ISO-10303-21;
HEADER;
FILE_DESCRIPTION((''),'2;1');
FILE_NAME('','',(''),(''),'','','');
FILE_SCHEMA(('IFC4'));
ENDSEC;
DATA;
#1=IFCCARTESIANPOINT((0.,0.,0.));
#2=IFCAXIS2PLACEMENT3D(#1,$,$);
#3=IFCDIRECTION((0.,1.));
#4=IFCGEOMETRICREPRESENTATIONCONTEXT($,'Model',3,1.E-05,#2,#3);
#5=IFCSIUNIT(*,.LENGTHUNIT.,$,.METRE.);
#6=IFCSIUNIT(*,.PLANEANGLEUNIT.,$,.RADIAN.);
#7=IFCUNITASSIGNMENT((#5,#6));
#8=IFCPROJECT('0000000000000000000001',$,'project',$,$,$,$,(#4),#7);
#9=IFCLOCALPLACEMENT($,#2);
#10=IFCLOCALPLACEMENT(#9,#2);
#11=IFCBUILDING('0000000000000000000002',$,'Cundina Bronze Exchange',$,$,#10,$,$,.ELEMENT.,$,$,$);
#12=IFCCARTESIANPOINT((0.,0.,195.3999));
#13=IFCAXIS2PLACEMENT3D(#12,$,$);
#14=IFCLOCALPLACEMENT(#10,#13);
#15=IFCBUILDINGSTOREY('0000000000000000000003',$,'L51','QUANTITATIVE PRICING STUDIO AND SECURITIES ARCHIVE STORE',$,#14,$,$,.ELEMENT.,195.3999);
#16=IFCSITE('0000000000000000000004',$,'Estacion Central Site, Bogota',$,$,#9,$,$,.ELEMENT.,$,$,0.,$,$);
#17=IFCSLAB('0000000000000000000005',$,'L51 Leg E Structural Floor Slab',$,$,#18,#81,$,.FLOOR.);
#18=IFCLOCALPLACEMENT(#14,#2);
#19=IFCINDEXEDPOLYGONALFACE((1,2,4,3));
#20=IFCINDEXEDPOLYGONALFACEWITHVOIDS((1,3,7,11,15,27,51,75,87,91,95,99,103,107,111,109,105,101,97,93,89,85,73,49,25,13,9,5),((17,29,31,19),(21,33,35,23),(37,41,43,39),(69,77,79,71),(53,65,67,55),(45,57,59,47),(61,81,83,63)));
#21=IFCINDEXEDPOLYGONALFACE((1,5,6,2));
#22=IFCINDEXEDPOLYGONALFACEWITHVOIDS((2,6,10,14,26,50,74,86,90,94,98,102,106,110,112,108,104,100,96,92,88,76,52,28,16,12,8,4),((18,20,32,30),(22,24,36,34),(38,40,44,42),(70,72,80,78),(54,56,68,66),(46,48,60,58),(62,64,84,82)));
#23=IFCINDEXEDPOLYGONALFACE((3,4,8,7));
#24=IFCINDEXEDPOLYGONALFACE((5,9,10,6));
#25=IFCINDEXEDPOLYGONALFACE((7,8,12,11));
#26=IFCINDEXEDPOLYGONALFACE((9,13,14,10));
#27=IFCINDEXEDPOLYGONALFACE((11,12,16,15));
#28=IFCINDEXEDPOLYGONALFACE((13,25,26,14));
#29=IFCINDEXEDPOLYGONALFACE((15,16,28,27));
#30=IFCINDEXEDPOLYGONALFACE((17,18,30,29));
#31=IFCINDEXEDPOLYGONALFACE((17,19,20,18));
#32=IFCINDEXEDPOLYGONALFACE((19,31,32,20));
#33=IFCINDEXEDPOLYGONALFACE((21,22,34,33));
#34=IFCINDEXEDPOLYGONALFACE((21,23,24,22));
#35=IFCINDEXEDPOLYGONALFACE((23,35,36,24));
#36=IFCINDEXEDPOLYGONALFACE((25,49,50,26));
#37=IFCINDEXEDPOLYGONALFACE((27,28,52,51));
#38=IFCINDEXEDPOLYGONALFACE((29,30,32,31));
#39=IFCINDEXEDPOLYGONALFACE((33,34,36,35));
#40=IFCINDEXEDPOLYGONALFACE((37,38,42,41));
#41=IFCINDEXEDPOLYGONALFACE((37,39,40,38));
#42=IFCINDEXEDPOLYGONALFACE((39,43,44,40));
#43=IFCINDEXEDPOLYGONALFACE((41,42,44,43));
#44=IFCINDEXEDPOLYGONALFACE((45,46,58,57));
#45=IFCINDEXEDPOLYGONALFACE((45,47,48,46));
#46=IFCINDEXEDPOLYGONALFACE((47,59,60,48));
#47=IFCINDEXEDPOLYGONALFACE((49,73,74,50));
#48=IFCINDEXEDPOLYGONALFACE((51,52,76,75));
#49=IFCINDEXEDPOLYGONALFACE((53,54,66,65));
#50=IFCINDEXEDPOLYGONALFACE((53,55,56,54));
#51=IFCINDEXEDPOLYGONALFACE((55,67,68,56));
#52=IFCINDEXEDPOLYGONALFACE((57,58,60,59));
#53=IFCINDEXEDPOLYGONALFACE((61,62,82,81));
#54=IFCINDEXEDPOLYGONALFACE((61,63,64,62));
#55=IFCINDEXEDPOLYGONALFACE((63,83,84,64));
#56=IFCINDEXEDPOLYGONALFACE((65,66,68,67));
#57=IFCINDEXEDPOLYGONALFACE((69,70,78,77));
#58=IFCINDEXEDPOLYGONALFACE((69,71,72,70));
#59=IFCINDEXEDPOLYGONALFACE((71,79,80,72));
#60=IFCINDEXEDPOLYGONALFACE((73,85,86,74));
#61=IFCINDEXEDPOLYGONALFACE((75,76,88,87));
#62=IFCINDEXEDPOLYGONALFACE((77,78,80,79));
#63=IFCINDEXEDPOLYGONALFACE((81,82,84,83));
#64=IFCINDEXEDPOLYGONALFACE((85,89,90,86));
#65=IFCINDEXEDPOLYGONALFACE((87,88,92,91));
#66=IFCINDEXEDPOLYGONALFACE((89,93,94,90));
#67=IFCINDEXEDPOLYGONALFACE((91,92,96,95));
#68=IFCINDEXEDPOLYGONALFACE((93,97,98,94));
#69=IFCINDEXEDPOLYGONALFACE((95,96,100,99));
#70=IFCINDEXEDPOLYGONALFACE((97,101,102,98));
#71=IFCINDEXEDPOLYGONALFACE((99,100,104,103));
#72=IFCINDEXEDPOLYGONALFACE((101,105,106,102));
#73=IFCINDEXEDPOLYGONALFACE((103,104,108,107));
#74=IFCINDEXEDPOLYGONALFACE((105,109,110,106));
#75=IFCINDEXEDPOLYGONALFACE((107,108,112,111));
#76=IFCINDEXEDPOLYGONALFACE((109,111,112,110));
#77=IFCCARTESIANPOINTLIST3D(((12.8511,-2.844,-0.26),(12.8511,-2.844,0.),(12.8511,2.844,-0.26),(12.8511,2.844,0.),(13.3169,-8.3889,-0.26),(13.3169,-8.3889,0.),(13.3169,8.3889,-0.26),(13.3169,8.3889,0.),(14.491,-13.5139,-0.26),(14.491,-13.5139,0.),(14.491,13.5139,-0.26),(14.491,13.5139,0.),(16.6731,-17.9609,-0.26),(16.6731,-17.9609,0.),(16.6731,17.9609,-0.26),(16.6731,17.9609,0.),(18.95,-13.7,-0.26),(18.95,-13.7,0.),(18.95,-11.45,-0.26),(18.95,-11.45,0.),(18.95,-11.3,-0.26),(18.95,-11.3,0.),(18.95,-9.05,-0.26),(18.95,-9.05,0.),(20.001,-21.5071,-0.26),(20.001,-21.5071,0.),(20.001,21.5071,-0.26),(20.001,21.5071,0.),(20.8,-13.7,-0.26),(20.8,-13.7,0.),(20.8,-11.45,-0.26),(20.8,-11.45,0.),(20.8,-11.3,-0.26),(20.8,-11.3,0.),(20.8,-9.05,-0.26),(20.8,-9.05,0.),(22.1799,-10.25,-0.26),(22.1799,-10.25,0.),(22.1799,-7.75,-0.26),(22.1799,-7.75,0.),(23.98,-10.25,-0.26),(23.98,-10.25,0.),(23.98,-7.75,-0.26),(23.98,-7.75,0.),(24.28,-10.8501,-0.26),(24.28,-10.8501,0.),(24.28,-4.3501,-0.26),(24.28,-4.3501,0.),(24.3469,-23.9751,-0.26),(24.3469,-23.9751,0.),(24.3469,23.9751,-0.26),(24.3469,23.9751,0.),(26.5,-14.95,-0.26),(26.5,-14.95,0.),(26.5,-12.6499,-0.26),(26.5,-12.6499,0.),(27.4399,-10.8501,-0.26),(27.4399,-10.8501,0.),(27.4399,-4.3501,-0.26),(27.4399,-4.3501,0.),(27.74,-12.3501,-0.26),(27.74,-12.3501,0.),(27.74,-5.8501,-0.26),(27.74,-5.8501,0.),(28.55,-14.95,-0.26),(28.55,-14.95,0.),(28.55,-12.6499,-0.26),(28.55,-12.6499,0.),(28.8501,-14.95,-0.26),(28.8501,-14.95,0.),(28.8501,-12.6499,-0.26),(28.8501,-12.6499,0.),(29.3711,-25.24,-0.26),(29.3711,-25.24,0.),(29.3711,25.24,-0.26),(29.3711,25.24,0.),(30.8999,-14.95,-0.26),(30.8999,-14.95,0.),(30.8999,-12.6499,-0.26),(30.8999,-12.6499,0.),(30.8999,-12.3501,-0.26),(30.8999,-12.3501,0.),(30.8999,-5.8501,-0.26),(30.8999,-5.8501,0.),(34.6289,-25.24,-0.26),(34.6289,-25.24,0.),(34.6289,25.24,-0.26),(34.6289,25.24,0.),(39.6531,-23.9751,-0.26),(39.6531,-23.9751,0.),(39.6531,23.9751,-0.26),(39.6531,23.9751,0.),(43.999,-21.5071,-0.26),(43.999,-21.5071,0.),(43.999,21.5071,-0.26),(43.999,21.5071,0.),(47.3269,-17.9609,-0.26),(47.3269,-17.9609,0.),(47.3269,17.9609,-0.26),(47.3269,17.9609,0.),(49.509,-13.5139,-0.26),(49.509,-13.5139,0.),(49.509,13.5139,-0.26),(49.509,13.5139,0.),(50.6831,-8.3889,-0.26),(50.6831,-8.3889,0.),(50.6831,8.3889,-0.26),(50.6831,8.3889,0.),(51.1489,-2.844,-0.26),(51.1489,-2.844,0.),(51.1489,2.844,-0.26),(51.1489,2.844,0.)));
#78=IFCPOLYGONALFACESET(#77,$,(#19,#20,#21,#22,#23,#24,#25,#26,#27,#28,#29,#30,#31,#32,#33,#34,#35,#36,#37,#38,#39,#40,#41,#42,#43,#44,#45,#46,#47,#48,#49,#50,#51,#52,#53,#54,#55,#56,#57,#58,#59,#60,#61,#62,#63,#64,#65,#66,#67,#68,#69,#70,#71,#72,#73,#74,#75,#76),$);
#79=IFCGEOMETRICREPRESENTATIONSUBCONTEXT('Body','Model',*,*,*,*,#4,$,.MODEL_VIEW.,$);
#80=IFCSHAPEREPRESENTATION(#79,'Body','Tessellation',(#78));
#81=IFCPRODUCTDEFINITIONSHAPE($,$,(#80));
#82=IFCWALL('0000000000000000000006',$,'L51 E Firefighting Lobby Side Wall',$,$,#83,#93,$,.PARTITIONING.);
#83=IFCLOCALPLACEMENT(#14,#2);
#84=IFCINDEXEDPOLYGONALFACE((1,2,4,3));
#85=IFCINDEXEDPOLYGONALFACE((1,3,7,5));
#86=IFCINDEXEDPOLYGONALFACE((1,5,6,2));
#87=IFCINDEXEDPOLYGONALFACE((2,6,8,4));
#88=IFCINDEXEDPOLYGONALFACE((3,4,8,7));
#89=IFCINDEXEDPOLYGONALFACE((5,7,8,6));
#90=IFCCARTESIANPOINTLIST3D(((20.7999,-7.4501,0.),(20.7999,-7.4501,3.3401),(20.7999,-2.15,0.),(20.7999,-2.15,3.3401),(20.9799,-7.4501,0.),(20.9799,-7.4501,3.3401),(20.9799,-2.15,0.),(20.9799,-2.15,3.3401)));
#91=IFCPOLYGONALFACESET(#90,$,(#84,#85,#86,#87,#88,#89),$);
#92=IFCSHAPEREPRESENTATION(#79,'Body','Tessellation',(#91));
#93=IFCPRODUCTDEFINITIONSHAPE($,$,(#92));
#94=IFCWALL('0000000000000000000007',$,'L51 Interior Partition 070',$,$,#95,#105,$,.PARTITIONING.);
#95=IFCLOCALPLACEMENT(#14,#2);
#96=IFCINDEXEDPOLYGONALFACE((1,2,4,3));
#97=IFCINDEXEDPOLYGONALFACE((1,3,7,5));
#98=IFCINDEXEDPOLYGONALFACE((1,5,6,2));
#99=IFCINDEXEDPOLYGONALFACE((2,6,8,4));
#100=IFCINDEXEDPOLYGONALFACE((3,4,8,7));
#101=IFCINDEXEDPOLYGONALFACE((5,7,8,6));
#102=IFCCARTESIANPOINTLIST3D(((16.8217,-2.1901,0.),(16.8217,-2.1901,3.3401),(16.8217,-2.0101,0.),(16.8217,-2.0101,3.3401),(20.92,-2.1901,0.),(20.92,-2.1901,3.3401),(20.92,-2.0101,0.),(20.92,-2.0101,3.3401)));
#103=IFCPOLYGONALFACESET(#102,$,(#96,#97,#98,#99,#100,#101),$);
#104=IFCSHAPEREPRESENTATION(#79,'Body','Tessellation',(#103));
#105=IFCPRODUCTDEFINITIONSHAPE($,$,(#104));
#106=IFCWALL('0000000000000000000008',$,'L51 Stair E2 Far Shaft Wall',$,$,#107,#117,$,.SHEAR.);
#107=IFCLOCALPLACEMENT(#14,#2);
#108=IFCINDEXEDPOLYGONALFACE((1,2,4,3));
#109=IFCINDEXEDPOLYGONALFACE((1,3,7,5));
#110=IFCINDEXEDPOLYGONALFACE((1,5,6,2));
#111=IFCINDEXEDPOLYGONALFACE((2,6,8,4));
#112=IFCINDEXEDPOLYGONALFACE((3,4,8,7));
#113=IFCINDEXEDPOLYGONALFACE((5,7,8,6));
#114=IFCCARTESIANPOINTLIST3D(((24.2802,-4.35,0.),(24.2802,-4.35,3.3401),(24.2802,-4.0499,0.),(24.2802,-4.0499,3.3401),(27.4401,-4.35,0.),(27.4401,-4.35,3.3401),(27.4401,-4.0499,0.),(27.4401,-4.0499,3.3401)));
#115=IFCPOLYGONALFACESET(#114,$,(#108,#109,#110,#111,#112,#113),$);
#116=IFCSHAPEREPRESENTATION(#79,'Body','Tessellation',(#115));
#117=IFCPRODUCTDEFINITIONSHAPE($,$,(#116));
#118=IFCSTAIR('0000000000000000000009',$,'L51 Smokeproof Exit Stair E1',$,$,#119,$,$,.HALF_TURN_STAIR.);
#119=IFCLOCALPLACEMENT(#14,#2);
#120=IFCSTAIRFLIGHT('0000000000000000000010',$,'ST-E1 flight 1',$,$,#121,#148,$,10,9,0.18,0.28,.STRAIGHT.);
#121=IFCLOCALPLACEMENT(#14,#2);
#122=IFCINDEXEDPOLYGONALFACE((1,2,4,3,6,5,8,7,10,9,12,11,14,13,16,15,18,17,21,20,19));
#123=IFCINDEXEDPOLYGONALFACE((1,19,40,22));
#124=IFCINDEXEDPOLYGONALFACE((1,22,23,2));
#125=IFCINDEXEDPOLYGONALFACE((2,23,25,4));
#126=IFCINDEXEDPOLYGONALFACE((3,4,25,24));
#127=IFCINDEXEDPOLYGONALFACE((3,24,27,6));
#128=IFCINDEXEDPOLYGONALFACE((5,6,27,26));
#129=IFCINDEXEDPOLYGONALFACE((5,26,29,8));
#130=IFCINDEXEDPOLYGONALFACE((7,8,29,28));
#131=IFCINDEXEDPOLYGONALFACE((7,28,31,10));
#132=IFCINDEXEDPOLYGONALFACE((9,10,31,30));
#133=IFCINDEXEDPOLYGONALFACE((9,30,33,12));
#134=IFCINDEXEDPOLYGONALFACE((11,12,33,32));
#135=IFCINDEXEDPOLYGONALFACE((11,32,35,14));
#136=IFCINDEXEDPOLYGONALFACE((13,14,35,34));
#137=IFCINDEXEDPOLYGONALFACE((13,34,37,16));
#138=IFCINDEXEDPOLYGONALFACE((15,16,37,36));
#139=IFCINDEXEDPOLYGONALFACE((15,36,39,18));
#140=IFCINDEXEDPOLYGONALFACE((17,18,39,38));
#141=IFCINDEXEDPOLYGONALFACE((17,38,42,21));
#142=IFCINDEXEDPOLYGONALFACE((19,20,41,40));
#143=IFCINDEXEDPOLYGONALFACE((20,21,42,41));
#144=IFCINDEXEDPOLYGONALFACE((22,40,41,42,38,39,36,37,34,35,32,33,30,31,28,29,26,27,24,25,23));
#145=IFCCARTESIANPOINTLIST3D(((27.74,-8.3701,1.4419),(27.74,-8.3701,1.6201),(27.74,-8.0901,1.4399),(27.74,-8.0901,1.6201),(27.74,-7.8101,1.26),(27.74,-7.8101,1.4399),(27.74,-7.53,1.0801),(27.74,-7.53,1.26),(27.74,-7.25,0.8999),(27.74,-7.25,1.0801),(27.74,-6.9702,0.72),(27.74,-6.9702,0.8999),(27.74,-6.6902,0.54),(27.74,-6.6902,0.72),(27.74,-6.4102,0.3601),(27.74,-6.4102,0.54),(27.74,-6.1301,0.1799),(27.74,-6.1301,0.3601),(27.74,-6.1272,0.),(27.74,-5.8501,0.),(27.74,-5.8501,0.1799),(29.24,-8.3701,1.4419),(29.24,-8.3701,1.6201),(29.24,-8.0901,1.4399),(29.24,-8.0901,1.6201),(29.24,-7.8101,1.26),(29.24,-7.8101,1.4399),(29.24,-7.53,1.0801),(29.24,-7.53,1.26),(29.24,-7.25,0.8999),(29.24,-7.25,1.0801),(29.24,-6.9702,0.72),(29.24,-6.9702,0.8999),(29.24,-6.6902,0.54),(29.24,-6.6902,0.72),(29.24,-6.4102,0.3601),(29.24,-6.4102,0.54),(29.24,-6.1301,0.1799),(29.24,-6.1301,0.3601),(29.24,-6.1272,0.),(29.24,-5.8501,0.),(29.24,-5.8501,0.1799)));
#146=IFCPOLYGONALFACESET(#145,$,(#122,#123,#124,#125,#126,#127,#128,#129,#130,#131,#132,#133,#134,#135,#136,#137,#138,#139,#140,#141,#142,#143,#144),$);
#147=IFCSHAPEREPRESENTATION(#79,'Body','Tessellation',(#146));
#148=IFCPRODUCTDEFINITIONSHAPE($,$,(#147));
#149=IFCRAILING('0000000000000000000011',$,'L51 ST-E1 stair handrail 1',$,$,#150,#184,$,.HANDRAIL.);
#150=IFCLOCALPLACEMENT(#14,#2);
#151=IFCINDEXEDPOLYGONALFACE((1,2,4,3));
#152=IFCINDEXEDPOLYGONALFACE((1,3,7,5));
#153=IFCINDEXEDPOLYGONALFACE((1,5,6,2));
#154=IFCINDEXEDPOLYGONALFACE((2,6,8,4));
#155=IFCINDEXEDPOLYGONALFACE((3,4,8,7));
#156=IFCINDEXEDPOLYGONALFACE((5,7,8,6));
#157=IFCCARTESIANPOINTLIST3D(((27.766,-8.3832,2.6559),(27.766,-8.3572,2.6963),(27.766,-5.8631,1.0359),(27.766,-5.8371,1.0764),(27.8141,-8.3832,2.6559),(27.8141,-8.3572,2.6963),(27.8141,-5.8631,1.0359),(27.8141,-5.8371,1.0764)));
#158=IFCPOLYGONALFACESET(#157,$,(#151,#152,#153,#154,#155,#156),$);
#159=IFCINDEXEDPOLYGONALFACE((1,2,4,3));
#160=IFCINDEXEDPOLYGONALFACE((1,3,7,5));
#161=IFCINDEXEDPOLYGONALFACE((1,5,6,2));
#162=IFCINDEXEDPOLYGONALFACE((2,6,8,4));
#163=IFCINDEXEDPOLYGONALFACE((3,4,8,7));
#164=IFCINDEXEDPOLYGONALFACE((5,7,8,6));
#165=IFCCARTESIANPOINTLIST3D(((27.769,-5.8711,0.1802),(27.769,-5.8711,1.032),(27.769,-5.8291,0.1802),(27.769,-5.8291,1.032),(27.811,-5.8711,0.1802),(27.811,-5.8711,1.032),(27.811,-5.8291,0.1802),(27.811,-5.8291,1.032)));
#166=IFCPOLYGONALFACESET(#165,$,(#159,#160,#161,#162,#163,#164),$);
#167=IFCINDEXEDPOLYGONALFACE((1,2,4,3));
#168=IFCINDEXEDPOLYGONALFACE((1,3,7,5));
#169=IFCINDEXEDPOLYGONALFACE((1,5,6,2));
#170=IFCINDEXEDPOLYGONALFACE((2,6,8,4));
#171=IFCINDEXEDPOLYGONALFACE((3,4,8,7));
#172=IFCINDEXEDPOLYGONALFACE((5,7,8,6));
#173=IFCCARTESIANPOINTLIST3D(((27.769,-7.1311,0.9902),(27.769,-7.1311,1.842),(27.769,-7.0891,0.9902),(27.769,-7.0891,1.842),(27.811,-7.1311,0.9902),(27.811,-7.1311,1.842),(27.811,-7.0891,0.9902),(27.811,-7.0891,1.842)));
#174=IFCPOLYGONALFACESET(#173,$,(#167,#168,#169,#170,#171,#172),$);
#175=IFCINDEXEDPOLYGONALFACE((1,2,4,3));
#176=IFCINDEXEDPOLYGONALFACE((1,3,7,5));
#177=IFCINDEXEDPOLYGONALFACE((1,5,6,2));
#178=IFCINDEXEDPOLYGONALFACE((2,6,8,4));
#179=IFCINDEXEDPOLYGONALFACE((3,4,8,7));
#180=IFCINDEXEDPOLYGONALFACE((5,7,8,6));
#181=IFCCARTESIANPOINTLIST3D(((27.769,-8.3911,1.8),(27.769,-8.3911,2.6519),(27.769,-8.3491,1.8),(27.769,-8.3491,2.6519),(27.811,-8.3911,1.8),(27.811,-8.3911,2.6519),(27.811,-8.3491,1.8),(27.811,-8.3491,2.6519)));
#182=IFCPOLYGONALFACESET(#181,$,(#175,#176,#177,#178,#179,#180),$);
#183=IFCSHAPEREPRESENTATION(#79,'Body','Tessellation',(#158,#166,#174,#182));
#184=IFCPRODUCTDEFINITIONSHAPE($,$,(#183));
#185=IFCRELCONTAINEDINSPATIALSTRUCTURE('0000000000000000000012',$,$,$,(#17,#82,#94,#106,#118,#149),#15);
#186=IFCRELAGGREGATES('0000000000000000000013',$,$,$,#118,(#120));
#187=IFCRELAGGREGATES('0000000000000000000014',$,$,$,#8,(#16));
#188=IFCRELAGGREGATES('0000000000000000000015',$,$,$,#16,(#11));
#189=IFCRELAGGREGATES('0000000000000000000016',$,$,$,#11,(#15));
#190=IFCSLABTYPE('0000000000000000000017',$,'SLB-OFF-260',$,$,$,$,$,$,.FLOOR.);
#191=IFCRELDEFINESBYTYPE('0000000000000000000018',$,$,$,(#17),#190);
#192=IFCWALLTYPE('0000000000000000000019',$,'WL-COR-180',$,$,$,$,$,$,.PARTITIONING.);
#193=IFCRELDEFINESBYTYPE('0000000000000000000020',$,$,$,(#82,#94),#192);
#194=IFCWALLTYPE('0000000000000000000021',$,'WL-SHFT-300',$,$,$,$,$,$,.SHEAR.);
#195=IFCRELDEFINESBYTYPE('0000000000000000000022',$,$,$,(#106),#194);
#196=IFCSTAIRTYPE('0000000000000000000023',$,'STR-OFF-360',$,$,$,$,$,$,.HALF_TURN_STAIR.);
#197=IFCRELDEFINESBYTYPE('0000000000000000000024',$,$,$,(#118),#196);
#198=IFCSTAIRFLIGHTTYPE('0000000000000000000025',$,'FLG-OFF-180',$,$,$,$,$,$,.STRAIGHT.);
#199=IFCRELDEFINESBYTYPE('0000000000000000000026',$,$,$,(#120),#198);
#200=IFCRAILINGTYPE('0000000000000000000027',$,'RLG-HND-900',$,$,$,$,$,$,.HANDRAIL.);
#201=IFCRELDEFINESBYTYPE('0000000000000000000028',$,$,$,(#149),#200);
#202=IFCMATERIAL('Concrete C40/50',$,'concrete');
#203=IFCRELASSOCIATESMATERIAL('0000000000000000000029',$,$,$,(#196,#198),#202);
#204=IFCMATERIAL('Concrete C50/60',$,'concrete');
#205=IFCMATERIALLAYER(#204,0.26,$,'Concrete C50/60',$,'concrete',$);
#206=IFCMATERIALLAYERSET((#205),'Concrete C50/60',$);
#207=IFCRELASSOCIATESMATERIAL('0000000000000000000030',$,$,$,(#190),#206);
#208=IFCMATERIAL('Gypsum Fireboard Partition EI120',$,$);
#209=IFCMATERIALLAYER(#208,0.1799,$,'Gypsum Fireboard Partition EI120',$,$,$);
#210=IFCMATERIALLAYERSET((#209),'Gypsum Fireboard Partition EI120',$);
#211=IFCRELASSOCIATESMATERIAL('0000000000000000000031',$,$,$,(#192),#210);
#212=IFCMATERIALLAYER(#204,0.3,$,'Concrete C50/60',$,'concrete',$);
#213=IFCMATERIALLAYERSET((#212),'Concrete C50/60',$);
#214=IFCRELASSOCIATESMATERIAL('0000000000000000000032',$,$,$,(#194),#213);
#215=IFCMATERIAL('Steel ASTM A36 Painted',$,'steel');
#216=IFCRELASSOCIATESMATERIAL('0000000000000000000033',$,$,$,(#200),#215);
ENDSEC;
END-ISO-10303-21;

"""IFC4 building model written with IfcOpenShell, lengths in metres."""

from ifc_helpers import new_model, si_unit, direction, frame, frame_2d, origin, origin_2d, place, context, subcontext, project, spatial, polyline, rectangle, outline, extrude, material, layer, layer_set, type_object, element, aggregate, save


model = new_model("IFC4")

# Units and contexts
model_context = context("Model", 3, precision=1e-05, world=origin(), true_north=direction((0.0, 1.0)))
body_context = subcontext(model_context, "Body", "Model", "MODEL_VIEW")
ifc_project = project(units=[si_unit("LENGTHUNIT", "METRE"), si_unit("PLANEANGLEUNIT", "RADIAN")], contexts=[model_context])

# Site, building, storey
site_placement = place(None, origin())
site = spatial("IfcSite", under=ifc_project, at=site_placement, Name="Estacion Central Site, Bogota", CompositionType="ELEMENT", RefElevation=0.0)
building_placement = place(site_placement, origin())
building = spatial("IfcBuilding", under=site, at=building_placement, Name="Cundina Bronze Exchange", CompositionType="ELEMENT")
storey_placement = place(building_placement, frame((0.0, 0.0, 195.3999)))
storey = spatial("IfcBuildingStorey", under=building, at=storey_placement, Name="L51", Description="QUANTITATIVE PRICING STUDIO AND SECURITIES ARCHIVE STORE", CompositionType="ELEMENT", Elevation=195.3999)

# Shared definitions
ifc_material_1 = material(Name="Concrete C50/60", Category="concrete")

# Shared definitions
ifc_material_2 = material(Name="Concrete C40/50", Category="concrete")
stair_type = type_object("IfcStairType", Name="STR-OFF-360", PredefinedType="HALF_TURN_STAIR", material=ifc_material_2)

# Slab
ifc_layer_1 = layer(ifc_material_1, 0.26, Name="Concrete C50/60", Category="concrete")
ifc_layer_set_1 = layer_set([ifc_layer_1], Name="Concrete C50/60")
slab_type_1 = type_object("IfcSlabType", Name="SLB-OFF-260", PredefinedType="FLOOR", material=ifc_layer_set_1)
slab_1_placement = place(storey_placement, frame((0.0, 0.0, -0.26)))
element("IfcSlab", 1, at=slab_1_placement, inside=storey, type_object=slab_type_1, Name="L51 Leg E Structural Floor Slab", PredefinedType="FLOOR", context=body_context, shape_type="SweptSolid", body=[
    extrude(outline(polyline([(51.1489, 2.844), (50.6831, 8.3889), (49.509, 13.5139), (47.3269, 17.9609), (43.999, 21.5071), (39.6531, 23.9751), (34.6289, 25.24), (29.3711, 25.24), (24.3469, 23.9751), (20.001, 21.5071), (16.6731, 17.9609), (14.491, 13.5139), (13.3169, 8.3889), (12.8511, 2.844), (12.8511, -2.844), (13.3169, -8.3889), (14.491, -13.5139), (16.6731, -17.9609), (20.001, -21.5071), (24.3469, -23.9751), (29.3711, -25.24), (34.6289, -25.24), (39.6531, -23.9751), (43.999, -21.5071), (47.3269, -17.9609), (49.509, -13.5139), (50.6831, -8.3889), (51.1489, -2.844), (51.1489, 2.844)]), holes=[polyline([(27.74, -5.8501), (27.74, -12.3501), (30.8999, -12.3501), (30.8999, -5.8501), (27.74, -5.8501)]), polyline([(27.4399, -10.8501), (27.4399, -4.3501), (24.28, -4.3501), (24.28, -10.8501), (27.4399, -10.8501)]), polyline([(22.1799, -7.75), (23.98, -7.75), (23.98, -10.25), (22.1799, -10.25), (22.1799, -7.75)]), polyline([(28.8501, -12.6499), (30.8999, -12.6499), (30.8999, -14.95), (28.8501, -14.95), (28.8501, -12.6499)]), polyline([(26.5, -12.6499), (28.55, -12.6499), (28.55, -14.95), (26.5, -14.95), (26.5, -12.6499)]), polyline([(18.95, -11.45), (20.8, -11.45), (20.8, -13.7), (18.95, -13.7), (18.95, -11.45)]), polyline([(18.95, -9.05), (20.8, -9.05), (20.8, -11.3), (18.95, -11.3), (18.95, -9.05)])]), origin(), (0.0, 0.0, 1.0), 0.26),
])

# Wall
ifc_material_3 = material(Name="Gypsum Fireboard Partition EI120")
ifc_layer_2 = layer(ifc_material_3, 0.1799, Name="Gypsum Fireboard Partition EI120")
ifc_layer_set_2 = layer_set([ifc_layer_2], Name="Gypsum Fireboard Partition EI120")
wall_type_1 = type_object("IfcWallType", Name="WL-COR-180", PredefinedType="PARTITIONING", material=ifc_layer_set_2)
wall_1_placement = place(storey_placement, frame((20.8899, -7.45, 0.0), z_axis=(0.0, 0.0, 1.0), x_axis=(0.0, 1.0, 0.0)))
element("IfcWall", 2, at=wall_1_placement, inside=storey, type_object=wall_type_1, Name="L51 E Firefighting Lobby Side Wall", PredefinedType="PARTITIONING", context=body_context, shape_type="SweptSolid", body=[
    extrude(rectangle(XDim=5.3, YDim=0.1799, at=frame_2d((2.6499, 0.0))), origin(), (0.0, 0.0, 1.0), 3.3401),
])

# Shared definitions
ifc_material_4 = material(Name="Steel ASTM A36 Painted", Category="steel")

# Wall
wall_2_placement = place(storey_placement, frame((16.8215, -2.1001, 0.0), z_axis=(0.0, 0.0, 1.0), x_axis=(1.0, 0.0, 0.0)))
element("IfcWall", 3, at=wall_2_placement, inside=storey, type_object=wall_type_1, Name="L51 Interior Partition 070", PredefinedType="PARTITIONING", context=body_context, shape_type="SweptSolid", body=[
    extrude(rectangle(XDim=4.0984, YDim=0.1799, at=frame_2d((2.0493, 0.0))), origin(), (0.0, 0.0, 1.0), 3.3401),
])

# Shared definitions
ifc_layer_3 = layer(ifc_material_1, 0.3, Name="Concrete C50/60", Category="concrete")
ifc_layer_set_3 = layer_set([ifc_layer_3], Name="Concrete C50/60")
wall_type_2 = type_object("IfcWallType", Name="WL-SHFT-300", PredefinedType="SHEAR", material=ifc_layer_set_3)

# Wall
wall_3_placement = place(storey_placement, frame((24.28, -4.2, 0.0), z_axis=(0.0, 0.0, 1.0), x_axis=(1.0, 0.0, 0.0)))
element("IfcWall", 4, at=wall_3_placement, inside=storey, type_object=wall_type_2, Name="L51 Stair E2 Far Shaft Wall", PredefinedType="SHEAR", context=body_context, shape_type="SweptSolid", body=[
    extrude(rectangle(XDim=3.1599, YDim=0.3, at=frame_2d((1.5801, 0.0))), origin(), (0.0, 0.0, 1.0), 3.3401),
])

# Stair, stair flight
stair_1_placement = place(storey_placement, origin())
stair_1 = element("IfcStair", 5, at=stair_1_placement, inside=storey, type_object=stair_type, Name="L51 Smokeproof Exit Stair E1", PredefinedType="HALF_TURN_STAIR")
stair_flight_type = type_object("IfcStairFlightType", Name="FLG-OFF-180", PredefinedType="STRAIGHT", material=ifc_material_2)
stair_flight_placement = place(storey_placement, frame((28.49, -5.8501, 0.0), z_axis=(0.0, 0.0, 1.0), x_axis=(0.0, -1.0, 0.0)))
stair_flight = element("IfcStairFlight", 6, at=stair_flight_placement, type_object=stair_flight_type, Name="ST-E1 flight 1", NumberOfRisers=10, NumberOfTreads=9, PredefinedType="STRAIGHT", RiserHeight=0.18, TreadLength=0.28, context=body_context, shape_type="SweptSolid", body=[
    extrude(outline(polyline([(0.0, 0.0), (0.0, 0.1799), (0.28, 0.1799), (0.28, 0.3601), (0.5601, 0.3601), (0.5601, 0.54), (0.8401, 0.54), (0.8401, 0.72), (1.1201, 0.72), (1.1201, 0.8999), (1.3999, 0.8999), (1.3999, 1.0801), (1.6799, 1.0801), (1.6799, 1.26), (1.96, 1.26), (1.96, 1.4399), (2.24, 1.4399), (2.24, 1.6201), (2.52, 1.6201), (2.52, 1.8), (2.52, 1.4419), (0.2771, 0.0), (0.0, 0.0)])), frame((0.0, 0.75, 0.0), z_axis=(0.0, -1.0, 0.0), x_axis=(1.0, 0.0, 0.0)), (0.0, 0.0, 1.0), 1.5),
])
aggregate(stair_1, [stair_flight])

# Railing
railing_type_1 = type_object("IfcRailingType", Name="RLG-HND-900", PredefinedType="HANDRAIL", material=ifc_material_4)
railing_1_placement = place(storey_placement, frame((27.79, -5.8501, 0.1802)))
element("IfcRailing", 7, at=railing_1_placement, inside=storey, type_object=railing_type_1, Name="L51 ST-E1 stair handrail 1", PredefinedType="HANDRAIL", context=body_context, shape_type="SweptSolid", body=[
    extrude(rectangle(XDim=0.0481, YDim=0.0481, at=origin_2d()), frame((0.0, 0.0, 0.876), z_axis=(0.0, -0.8412, 0.540725), x_axis=(1.0, 0.0, 0.0)), (0.0, 0.0, 1.0), 2.9958),
    extrude(rectangle(XDim=0.042, YDim=0.042, at=origin_2d()), origin(), (0.0, 0.0, 1.0), 0.8518),
    extrude(rectangle(XDim=0.042, YDim=0.042, at=origin_2d()), frame((0.0, -1.26, 0.8101)), (0.0, 0.0, 1.0), 0.8518),
    extrude(rectangle(XDim=0.042, YDim=0.042, at=origin_2d()), frame((0.0, -2.52, 1.6199)), (0.0, 0.0, 1.0), 0.8518),
])

save(model, "model.ifc")
